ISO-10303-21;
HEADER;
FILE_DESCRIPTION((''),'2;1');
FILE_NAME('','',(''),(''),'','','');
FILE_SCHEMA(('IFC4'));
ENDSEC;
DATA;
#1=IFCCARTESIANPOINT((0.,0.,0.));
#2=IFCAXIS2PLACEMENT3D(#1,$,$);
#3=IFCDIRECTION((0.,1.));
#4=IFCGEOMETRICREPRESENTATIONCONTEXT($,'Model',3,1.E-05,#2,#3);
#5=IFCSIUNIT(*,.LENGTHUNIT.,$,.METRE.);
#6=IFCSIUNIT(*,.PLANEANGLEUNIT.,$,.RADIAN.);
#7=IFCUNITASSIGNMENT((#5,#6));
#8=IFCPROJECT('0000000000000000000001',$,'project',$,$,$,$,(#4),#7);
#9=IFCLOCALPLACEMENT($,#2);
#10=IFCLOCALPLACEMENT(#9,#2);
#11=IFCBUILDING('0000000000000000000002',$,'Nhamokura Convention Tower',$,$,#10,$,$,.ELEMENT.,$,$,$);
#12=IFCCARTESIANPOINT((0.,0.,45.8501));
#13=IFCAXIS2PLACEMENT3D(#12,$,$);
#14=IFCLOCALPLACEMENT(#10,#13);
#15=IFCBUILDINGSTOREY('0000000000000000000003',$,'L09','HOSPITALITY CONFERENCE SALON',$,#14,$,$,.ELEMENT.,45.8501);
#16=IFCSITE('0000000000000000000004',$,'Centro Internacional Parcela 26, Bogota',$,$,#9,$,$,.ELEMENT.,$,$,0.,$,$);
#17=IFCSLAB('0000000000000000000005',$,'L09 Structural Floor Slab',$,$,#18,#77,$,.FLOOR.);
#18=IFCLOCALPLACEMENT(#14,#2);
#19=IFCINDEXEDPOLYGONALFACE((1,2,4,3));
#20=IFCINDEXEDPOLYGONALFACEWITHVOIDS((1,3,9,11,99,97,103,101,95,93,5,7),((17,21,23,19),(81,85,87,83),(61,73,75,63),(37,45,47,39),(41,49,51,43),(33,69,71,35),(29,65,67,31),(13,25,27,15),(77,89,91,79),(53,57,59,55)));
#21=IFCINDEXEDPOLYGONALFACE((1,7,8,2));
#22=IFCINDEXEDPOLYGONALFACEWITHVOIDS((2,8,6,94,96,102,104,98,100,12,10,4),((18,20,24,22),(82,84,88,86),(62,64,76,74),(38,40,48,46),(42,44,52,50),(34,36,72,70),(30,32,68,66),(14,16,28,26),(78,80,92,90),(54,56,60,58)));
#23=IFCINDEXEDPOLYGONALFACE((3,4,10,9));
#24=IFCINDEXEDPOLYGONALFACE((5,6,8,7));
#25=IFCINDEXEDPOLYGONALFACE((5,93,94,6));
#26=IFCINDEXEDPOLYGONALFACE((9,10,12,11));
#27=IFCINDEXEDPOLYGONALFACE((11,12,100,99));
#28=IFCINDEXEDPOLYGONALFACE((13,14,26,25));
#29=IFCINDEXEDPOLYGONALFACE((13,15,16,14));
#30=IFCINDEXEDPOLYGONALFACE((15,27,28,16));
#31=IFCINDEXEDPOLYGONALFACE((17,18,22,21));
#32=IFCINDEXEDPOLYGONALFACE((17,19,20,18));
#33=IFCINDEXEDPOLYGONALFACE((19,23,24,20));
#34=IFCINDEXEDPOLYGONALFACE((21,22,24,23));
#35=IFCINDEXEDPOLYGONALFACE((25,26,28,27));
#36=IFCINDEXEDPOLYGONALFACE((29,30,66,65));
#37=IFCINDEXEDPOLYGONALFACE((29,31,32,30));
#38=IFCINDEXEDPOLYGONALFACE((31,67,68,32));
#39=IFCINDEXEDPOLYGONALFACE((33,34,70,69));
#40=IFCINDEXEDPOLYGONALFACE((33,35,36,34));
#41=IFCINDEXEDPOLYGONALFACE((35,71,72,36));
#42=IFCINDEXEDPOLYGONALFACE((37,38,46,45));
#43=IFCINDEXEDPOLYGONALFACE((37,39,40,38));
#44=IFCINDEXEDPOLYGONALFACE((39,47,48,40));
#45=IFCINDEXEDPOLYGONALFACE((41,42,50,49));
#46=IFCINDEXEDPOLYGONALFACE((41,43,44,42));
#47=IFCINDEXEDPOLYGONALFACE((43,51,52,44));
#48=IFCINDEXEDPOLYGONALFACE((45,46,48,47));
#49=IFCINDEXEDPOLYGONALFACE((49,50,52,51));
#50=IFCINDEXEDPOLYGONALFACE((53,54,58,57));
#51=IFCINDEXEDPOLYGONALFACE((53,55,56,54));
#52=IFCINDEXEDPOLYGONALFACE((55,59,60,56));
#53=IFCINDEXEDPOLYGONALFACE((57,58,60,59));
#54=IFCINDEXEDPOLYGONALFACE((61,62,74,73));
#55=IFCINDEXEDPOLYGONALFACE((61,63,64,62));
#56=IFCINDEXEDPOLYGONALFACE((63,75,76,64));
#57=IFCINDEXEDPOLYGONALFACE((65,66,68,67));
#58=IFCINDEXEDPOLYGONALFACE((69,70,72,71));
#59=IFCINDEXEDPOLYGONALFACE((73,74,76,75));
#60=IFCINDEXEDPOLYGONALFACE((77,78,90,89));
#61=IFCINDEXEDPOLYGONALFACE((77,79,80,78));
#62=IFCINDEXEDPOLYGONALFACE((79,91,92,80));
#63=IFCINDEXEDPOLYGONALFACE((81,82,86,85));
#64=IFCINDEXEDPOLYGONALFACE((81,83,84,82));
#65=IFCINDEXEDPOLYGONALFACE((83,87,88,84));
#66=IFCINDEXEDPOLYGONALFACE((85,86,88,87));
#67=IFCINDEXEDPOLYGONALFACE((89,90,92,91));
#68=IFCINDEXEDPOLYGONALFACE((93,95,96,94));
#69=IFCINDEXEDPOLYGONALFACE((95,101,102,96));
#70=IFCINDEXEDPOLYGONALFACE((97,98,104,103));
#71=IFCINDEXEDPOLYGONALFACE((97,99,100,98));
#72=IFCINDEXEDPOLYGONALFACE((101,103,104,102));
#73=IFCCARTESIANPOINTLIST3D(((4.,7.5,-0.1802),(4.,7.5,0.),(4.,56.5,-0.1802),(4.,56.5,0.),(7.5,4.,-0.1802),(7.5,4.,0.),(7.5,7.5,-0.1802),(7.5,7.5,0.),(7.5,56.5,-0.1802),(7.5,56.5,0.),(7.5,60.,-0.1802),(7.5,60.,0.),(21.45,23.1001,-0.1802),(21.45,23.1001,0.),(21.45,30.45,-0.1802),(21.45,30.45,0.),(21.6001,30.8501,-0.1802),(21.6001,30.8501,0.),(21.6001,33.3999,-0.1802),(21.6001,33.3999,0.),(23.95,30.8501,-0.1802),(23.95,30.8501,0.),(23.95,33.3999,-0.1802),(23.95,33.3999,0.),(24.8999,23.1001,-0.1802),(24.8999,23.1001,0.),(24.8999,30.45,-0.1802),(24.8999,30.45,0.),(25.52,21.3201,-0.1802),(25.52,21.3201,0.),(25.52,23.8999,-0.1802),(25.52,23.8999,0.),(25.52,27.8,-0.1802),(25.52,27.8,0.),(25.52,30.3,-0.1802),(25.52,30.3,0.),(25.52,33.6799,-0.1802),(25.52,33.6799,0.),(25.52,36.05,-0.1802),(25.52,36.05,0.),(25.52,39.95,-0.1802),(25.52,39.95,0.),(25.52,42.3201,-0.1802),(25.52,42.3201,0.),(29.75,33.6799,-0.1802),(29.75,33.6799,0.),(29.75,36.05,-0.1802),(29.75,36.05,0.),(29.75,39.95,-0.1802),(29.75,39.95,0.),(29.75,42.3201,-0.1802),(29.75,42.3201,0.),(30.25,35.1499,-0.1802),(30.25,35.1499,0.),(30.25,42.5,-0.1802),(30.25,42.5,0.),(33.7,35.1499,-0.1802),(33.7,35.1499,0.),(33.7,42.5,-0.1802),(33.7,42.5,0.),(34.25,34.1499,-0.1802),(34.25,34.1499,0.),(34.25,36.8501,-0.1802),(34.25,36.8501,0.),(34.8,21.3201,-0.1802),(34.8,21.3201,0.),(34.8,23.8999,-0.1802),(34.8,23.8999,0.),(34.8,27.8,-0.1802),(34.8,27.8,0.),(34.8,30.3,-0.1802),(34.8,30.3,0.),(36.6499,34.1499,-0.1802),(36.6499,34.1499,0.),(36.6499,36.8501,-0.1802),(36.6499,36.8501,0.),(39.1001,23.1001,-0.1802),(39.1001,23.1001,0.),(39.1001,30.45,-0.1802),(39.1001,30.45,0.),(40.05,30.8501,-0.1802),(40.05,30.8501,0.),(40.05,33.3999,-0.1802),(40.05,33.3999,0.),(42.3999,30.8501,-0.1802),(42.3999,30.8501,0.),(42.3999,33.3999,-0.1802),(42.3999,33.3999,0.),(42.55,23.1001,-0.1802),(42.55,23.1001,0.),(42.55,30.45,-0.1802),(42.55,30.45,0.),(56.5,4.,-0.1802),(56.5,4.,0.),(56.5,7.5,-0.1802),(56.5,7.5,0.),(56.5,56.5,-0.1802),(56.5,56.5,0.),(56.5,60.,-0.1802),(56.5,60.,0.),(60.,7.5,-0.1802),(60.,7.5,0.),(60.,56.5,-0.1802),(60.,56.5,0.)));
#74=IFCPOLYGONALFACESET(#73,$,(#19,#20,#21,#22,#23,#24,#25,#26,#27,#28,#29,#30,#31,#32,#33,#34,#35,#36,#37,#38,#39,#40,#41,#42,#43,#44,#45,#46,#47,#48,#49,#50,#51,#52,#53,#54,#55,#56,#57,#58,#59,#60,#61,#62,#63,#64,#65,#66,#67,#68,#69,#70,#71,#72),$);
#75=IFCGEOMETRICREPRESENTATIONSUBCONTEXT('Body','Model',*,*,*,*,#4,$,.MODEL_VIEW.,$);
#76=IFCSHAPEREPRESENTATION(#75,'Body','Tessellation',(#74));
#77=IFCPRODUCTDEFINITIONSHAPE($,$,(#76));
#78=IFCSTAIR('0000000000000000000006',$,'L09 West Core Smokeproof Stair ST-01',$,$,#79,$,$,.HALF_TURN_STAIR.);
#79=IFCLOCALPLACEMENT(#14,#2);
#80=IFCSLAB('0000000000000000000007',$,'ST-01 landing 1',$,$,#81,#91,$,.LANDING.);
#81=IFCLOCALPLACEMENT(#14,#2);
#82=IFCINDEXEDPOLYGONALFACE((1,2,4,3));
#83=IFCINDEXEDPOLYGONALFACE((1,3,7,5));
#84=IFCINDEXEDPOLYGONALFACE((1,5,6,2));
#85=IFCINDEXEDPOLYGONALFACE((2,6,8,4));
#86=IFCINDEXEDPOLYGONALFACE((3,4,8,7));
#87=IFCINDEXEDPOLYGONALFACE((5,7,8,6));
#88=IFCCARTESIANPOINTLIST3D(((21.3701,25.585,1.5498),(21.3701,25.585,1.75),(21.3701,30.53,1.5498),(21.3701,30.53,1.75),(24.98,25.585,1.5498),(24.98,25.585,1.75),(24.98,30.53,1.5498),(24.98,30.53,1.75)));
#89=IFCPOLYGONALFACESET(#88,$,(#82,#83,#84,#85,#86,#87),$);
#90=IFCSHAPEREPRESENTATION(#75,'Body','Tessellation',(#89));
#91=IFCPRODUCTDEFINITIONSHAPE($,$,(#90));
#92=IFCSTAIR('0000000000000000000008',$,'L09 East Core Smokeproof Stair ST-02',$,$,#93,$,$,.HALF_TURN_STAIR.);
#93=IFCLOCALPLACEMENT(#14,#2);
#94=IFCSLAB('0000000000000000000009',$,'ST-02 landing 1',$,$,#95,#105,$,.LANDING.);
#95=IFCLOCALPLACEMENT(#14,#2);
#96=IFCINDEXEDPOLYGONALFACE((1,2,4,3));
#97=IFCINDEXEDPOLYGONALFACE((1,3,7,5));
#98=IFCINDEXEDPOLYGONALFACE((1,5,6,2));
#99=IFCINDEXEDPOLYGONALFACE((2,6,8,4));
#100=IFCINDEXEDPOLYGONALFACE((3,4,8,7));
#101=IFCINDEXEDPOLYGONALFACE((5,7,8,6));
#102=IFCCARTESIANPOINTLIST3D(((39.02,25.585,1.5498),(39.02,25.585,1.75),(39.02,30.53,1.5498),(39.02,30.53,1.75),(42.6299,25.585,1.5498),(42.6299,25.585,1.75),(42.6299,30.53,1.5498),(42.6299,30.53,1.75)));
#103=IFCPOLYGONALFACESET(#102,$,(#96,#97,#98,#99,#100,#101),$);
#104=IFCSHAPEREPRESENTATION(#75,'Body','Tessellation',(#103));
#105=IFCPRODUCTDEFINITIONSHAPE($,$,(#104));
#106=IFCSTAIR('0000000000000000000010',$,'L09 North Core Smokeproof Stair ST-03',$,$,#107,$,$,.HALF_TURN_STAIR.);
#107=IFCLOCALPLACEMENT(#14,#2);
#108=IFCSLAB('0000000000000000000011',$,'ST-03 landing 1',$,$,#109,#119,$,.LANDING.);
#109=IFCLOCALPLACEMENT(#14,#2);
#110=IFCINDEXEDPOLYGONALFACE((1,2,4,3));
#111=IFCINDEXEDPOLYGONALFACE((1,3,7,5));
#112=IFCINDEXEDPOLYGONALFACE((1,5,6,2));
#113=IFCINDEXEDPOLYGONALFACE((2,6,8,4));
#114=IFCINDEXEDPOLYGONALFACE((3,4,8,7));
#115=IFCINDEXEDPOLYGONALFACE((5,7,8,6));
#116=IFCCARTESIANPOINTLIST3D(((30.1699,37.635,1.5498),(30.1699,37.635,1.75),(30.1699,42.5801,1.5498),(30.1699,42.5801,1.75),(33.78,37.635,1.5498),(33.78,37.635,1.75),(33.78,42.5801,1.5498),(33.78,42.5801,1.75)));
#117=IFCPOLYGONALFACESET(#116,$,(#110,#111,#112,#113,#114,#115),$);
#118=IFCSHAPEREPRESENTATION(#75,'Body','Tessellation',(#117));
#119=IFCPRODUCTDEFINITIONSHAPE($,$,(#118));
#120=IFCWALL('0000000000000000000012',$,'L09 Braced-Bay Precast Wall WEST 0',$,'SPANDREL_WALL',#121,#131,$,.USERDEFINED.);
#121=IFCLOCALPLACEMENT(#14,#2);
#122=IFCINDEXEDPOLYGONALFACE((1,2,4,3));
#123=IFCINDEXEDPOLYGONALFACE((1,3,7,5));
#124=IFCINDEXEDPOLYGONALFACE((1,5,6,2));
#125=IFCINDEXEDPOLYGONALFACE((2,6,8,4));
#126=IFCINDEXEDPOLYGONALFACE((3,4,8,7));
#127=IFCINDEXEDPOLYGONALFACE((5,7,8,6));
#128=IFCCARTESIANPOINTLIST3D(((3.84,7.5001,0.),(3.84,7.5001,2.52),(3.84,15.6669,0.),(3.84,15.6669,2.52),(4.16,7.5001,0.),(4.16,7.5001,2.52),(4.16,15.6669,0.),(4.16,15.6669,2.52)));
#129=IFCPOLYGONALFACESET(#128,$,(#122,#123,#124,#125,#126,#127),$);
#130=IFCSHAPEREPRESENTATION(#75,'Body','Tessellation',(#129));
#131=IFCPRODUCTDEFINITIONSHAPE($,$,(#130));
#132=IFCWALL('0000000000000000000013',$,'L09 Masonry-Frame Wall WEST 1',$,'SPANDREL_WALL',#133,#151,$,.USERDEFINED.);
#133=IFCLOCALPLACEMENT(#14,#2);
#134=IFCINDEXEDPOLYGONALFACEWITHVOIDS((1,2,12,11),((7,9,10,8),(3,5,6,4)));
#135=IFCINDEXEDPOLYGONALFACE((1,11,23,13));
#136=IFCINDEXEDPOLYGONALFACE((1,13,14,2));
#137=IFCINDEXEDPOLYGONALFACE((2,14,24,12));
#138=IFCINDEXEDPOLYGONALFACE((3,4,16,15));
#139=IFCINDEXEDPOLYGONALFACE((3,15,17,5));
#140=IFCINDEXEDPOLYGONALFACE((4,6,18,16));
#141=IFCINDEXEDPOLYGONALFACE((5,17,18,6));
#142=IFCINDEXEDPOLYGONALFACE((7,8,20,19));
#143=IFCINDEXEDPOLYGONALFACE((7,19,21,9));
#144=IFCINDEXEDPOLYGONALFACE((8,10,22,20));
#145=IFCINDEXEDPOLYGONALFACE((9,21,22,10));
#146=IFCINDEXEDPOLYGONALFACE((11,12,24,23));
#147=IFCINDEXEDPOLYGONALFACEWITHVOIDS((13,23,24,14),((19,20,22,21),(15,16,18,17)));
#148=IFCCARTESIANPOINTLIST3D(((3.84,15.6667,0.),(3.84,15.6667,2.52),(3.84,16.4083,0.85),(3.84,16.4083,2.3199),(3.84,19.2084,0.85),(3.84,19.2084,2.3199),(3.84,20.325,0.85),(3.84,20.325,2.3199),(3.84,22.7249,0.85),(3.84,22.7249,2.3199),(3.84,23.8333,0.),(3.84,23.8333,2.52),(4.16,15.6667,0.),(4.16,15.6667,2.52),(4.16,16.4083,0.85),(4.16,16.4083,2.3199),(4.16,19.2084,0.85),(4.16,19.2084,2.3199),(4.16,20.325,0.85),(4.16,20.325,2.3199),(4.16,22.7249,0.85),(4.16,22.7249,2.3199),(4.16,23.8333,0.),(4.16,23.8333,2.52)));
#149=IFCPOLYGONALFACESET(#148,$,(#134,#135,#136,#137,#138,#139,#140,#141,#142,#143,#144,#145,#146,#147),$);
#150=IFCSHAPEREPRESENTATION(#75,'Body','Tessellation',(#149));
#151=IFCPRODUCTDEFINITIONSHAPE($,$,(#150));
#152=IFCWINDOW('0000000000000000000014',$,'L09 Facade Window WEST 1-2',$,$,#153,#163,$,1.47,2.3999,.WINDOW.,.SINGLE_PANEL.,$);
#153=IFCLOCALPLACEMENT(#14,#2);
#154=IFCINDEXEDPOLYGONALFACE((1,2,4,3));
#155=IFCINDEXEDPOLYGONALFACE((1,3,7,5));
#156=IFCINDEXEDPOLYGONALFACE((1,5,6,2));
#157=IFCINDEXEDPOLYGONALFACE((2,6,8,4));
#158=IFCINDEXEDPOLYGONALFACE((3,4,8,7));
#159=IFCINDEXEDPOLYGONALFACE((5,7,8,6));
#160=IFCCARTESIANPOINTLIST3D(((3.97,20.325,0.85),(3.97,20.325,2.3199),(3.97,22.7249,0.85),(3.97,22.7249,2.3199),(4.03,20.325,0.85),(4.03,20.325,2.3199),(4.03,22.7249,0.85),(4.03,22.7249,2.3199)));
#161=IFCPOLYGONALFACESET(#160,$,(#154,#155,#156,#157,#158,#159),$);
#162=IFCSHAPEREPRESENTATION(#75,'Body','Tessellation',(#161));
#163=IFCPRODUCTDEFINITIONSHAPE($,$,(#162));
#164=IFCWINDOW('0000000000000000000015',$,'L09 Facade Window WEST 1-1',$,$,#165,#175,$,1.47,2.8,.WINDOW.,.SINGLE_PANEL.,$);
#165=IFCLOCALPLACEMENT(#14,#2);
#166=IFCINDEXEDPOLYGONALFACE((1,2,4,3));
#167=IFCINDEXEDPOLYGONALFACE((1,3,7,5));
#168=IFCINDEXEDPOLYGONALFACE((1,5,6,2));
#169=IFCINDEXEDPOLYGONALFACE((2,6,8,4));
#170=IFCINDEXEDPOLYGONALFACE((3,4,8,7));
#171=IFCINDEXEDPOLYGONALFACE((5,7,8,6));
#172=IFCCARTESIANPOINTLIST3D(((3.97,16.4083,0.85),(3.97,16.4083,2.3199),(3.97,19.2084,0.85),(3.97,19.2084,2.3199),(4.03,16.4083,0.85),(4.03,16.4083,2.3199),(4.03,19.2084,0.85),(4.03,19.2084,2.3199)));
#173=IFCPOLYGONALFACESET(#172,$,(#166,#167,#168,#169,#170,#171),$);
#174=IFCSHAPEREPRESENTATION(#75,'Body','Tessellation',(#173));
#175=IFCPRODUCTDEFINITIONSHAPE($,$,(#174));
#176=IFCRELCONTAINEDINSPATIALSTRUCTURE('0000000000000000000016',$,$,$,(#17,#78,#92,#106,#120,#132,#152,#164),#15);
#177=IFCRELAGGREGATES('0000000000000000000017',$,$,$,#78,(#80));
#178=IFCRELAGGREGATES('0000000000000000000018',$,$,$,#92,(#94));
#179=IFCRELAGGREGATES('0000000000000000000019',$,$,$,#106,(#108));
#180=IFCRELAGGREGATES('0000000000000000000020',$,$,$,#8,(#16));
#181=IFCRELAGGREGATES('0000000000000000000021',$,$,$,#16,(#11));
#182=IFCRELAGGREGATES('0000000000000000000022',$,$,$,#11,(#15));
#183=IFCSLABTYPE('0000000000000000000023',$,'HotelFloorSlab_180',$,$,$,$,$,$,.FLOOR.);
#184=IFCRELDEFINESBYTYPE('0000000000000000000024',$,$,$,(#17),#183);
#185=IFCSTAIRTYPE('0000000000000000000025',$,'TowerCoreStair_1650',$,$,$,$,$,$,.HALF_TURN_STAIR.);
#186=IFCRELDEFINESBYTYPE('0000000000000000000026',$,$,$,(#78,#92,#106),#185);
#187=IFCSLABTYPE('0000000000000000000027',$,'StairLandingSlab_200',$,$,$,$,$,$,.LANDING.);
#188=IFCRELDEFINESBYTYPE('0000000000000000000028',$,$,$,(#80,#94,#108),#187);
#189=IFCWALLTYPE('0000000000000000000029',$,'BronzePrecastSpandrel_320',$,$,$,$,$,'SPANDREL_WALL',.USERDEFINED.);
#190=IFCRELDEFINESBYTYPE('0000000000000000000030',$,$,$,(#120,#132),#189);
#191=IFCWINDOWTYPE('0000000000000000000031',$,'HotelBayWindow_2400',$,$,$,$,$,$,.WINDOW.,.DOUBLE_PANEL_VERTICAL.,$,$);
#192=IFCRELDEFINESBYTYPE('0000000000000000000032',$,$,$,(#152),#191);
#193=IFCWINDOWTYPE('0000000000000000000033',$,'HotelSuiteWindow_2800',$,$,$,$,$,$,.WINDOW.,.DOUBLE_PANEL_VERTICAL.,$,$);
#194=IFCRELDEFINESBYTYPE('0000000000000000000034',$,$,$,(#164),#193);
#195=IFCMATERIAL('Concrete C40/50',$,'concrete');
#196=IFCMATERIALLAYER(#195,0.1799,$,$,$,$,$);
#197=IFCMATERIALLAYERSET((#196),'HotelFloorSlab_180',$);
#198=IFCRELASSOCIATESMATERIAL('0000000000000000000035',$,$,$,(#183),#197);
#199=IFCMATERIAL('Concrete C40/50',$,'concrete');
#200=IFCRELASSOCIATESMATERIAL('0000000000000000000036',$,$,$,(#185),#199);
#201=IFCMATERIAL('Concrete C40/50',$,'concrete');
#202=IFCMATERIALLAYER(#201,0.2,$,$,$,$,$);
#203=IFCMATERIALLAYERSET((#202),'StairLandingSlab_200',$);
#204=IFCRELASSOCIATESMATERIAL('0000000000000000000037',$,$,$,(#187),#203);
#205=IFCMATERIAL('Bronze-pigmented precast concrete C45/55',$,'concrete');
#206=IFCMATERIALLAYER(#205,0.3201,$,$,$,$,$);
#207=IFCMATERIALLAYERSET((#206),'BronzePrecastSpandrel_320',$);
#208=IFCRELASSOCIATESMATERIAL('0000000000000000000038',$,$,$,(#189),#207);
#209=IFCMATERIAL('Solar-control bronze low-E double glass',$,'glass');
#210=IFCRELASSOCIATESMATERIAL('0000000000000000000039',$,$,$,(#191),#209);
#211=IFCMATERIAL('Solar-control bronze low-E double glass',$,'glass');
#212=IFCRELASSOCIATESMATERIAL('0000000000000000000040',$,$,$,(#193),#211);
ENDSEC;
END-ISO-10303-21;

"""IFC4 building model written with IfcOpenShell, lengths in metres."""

from ifc_helpers import new_model, si_unit, direction, frame, frame_2d, origin, place, context, subcontext, project, spatial, polyline, rectangle, outline, extrude, material, layer, layer_set, type_object, element, fill, aggregate, save


model = new_model("IFC4")

# Units and contexts
model_context = context("Model", 3, precision=1e-05, world=origin(), true_north=direction((0.0, 1.0)))
body_context = subcontext(model_context, "Body", "Model", "MODEL_VIEW")
ifc_project = project(units=[si_unit("LENGTHUNIT", "METRE"), si_unit("PLANEANGLEUNIT", "RADIAN")], contexts=[model_context])

# Site, building, storey
site_placement = place(None, origin())
site = spatial("IfcSite", under=ifc_project, at=site_placement, Name="Centro Internacional Parcela 26, Bogota", CompositionType="ELEMENT", RefElevation=0.0)
building_placement = place(site_placement, origin())
building = spatial("IfcBuilding", under=site, at=building_placement, Name="Nhamokura Convention Tower", CompositionType="ELEMENT")
storey_placement = place(building_placement, frame((0.0, 0.0, 45.8501)))
storey = spatial("IfcBuildingStorey", under=building, at=storey_placement, Name="L09", Description="HOSPITALITY CONFERENCE SALON", CompositionType="ELEMENT", Elevation=45.8501)

# Slab
ifc_material_1 = material(Name="Concrete C40/50", Category="concrete")
ifc_layer_1 = layer(ifc_material_1, 0.1799)
ifc_layer_set_1 = layer_set([ifc_layer_1], Name="HotelFloorSlab_180")
slab_type_1 = type_object("IfcSlabType", Name="HotelFloorSlab_180", PredefinedType="FLOOR", material=ifc_layer_set_1)
slab_1_placement = place(storey_placement, frame((0.0, 0.0, -0.1802)))
element("IfcSlab", 1, at=slab_1_placement, inside=storey, type_object=slab_type_1, Name="L09 Structural Floor Slab", PredefinedType="FLOOR", context=body_context, shape_type="SweptSolid", body=[
    extrude(outline(polyline([(7.5, 4.0), (56.5, 4.0), (56.5, 7.5), (60.0, 7.5), (60.0, 56.5), (56.5, 56.5), (56.5, 60.0), (7.5, 60.0), (7.5, 56.5), (4.0, 56.5), (4.0, 7.5), (7.5, 7.5), (7.5, 4.0)]), holes=[polyline([(24.8999, 23.1001), (24.8999, 30.45), (21.45, 30.45), (21.45, 23.1001), (24.8999, 23.1001)]), polyline([(42.55, 23.1001), (42.55, 30.45), (39.1001, 30.45), (39.1001, 23.1001), (42.55, 23.1001)]), polyline([(33.7, 35.1499), (33.7, 42.5), (30.25, 42.5), (30.25, 35.1499), (33.7, 35.1499)]), polyline([(21.6001, 30.8501), (23.95, 30.8501), (23.95, 33.3999), (21.6001, 33.3999), (21.6001, 30.8501)]), polyline([(40.05, 30.8501), (42.3999, 30.8501), (42.3999, 33.3999), (40.05, 33.3999), (40.05, 30.8501)]), polyline([(34.25, 34.1499), (36.6499, 34.1499), (36.6499, 36.8501), (34.25, 36.8501), (34.25, 34.1499)]), polyline([(25.52, 21.3201), (34.8, 21.3201), (34.8, 23.8999), (25.52, 23.8999), (25.52, 21.3201)]), polyline([(25.52, 27.8), (34.8, 27.8), (34.8, 30.3), (25.52, 30.3), (25.52, 27.8)]), polyline([(25.52, 33.6799), (29.75, 33.6799), (29.75, 36.05), (25.52, 36.05), (25.52, 33.6799)]), polyline([(25.52, 39.95), (29.75, 39.95), (29.75, 42.3201), (25.52, 42.3201), (25.52, 39.95)])]), origin(), (0.0, 0.0, 1.0), 0.1802),
])

# Stairs, slabs
ifc_material_2 = material(Name="Concrete C40/50", Category="concrete")
stair_type = type_object("IfcStairType", Name="TowerCoreStair_1650", PredefinedType="HALF_TURN_STAIR", material=ifc_material_2)
stair_1_placement = place(storey_placement, origin())
stair_1 = element("IfcStair", 2, at=stair_1_placement, inside=storey, type_object=stair_type, Name="L09 West Core Smokeproof Stair ST-01", PredefinedType="HALF_TURN_STAIR")
ifc_material_3 = material(Name="Concrete C40/50", Category="concrete")
ifc_layer_2 = layer(ifc_material_3, 0.2)
ifc_layer_set_2 = layer_set([ifc_layer_2], Name="StairLandingSlab_200")
slab_type_2 = type_object("IfcSlabType", Name="StairLandingSlab_200", PredefinedType="LANDING", material=ifc_layer_set_2)
slab_2_placement = place(storey_placement, frame((0.0, 0.0, 1.5498)))
slab_2 = element("IfcSlab", 3, at=slab_2_placement, type_object=slab_type_2, Name="ST-01 landing 1", PredefinedType="LANDING", context=body_context, shape_type="SweptSolid", body=[
    extrude(outline(polyline([(24.98, 25.585), (24.98, 30.53), (21.3701, 30.53), (21.3701, 25.585), (24.98, 25.585)])), origin(), (0.0, 0.0, 1.0), 0.2002),
])
aggregate(stair_1, [slab_2])
stair_2_placement = place(storey_placement, origin())
stair_2 = element("IfcStair", 4, at=stair_2_placement, inside=storey, type_object=stair_type, Name="L09 East Core Smokeproof Stair ST-02", PredefinedType="HALF_TURN_STAIR")
slab_3_placement = place(storey_placement, frame((0.0, 0.0, 1.5498)))
slab_3 = element("IfcSlab", 5, at=slab_3_placement, type_object=slab_type_2, Name="ST-02 landing 1", PredefinedType="LANDING", context=body_context, shape_type="SweptSolid", body=[
    extrude(outline(polyline([(42.6299, 25.585), (42.6299, 30.53), (39.02, 30.53), (39.02, 25.585), (42.6299, 25.585)])), origin(), (0.0, 0.0, 1.0), 0.2002),
])
aggregate(stair_2, [slab_3])
stair_3_placement = place(storey_placement, origin())
stair_3 = element("IfcStair", 6, at=stair_3_placement, inside=storey, type_object=stair_type, Name="L09 North Core Smokeproof Stair ST-03", PredefinedType="HALF_TURN_STAIR")
slab_4_placement = place(storey_placement, frame((0.0, 0.0, 1.5498)))
slab_4 = element("IfcSlab", 7, at=slab_4_placement, type_object=slab_type_2, Name="ST-03 landing 1", PredefinedType="LANDING", context=body_context, shape_type="SweptSolid", body=[
    extrude(outline(polyline([(33.78, 37.635), (33.78, 42.5801), (30.1699, 42.5801), (30.1699, 37.635), (33.78, 37.635)])), origin(), (0.0, 0.0, 1.0), 0.2002),
])
aggregate(stair_3, [slab_4])

# Wall
ifc_material_4 = material(Name="Bronze-pigmented precast concrete C45/55", Category="concrete")
ifc_layer_3 = layer(ifc_material_4, 0.3201)
ifc_layer_set_3 = layer_set([ifc_layer_3], Name="BronzePrecastSpandrel_320")
wall_type = type_object("IfcWallType", Name="BronzePrecastSpandrel_320", ElementType="SPANDREL_WALL", PredefinedType="USERDEFINED", material=ifc_layer_set_3)
wall_1_placement = place(storey_placement, frame((4.0, 7.5, 0.0), z_axis=(0.0, 0.0, 1.0), x_axis=(0.0, 1.0, 0.0)))
element("IfcWall", 8, at=wall_1_placement, inside=storey, type_object=wall_type, Name="L09 Braced-Bay Precast Wall WEST 0", ObjectType="SPANDREL_WALL", PredefinedType="USERDEFINED", context=body_context, shape_type="SweptSolid", body=[
    extrude(rectangle(XDim=8.1667, YDim=0.3201, at=frame_2d((4.0835, 0.0))), origin(), (0.0, 0.0, 1.0), 2.52),
])

# Wall, openings, windows
wall_2_placement = place(storey_placement, frame((4.0, 15.6667, 0.0), z_axis=(0.0, 0.0, 1.0), x_axis=(0.0, 1.0, 0.0)))
wall_2 = element("IfcWall", 9, at=wall_2_placement, inside=storey, type_object=wall_type, Name="L09 Masonry-Frame Wall WEST 1", ObjectType="SPANDREL_WALL", PredefinedType="USERDEFINED", context=body_context, shape_type="SweptSolid", body=[
    extrude(rectangle(XDim=8.1665, YDim=0.3201, at=frame_2d((4.0833, 0.0))), origin(), (0.0, 0.0, 1.0), 2.52),
])
opening_1_placement = place(wall_2_placement, frame((0.7417, 0.0, 0.8501)))
opening_1 = element("IfcOpeningElement", 10, at=opening_1_placement, cuts=wall_2, PredefinedType="OPENING", context=body_context, shape_type="SweptSolid", body=[
    extrude(rectangle(XDim=2.8, YDim=1.47, at=frame_2d((1.3999, 0.7349))), frame((0.0, 0.1699, 0.0), z_axis=(0.0, -1.0, 0.0), x_axis=(1.0, 0.0, 0.0)), (0.0, 0.0, 1.0), 0.3401),
])
opening_2_placement = place(wall_2_placement, frame((4.6582, 0.0, 0.8501)))
opening_2 = element("IfcOpeningElement", 11, at=opening_2_placement, cuts=wall_2, PredefinedType="OPENING", context=body_context, shape_type="SweptSolid", body=[
    extrude(rectangle(XDim=2.3999, YDim=1.47, at=frame_2d((1.2, 0.7349))), frame((0.0, 0.1699, 0.0), z_axis=(0.0, -1.0, 0.0), x_axis=(1.0, 0.0, 0.0)), (0.0, 0.0, 1.0), 0.3401),
])
ifc_material_5 = material(Name="Solar-control bronze low-E double glass", Category="glass")
window_type_1 = type_object("IfcWindowType", Name="HotelBayWindow_2400", PartitioningType="DOUBLE_PANEL_VERTICAL", PredefinedType="WINDOW", material=ifc_material_5)
window_1_placement = place(opening_2_placement, origin())
window_1 = element("IfcWindow", 12, at=window_1_placement, inside=storey, type_object=window_type_1, Name="L09 Facade Window WEST 1-2", OverallHeight=1.47, OverallWidth=2.3999, PartitioningType="SINGLE_PANEL", PredefinedType="WINDOW", context=body_context, shape_type="SweptSolid", body=[
    extrude(rectangle(XDim=2.3999, YDim=1.47, at=frame_2d((1.2, 0.7349))), frame((0.0, 0.03, 0.0), z_axis=(0.0, -1.0, 0.0), x_axis=(1.0, 0.0, 0.0)), (0.0, 0.0, 1.0), 0.0601),
])
fill(opening_2, window_1)
ifc_material_6 = material(Name="Solar-control bronze low-E double glass", Category="glass")
window_type_2 = type_object("IfcWindowType", Name="HotelSuiteWindow_2800", PartitioningType="DOUBLE_PANEL_VERTICAL", PredefinedType="WINDOW", material=ifc_material_6)
window_2_placement = place(opening_1_placement, origin())
window_2 = element("IfcWindow", 13, at=window_2_placement, inside=storey, type_object=window_type_2, Name="L09 Facade Window WEST 1-1", OverallHeight=1.47, OverallWidth=2.8, PartitioningType="SINGLE_PANEL", PredefinedType="WINDOW", context=body_context, shape_type="SweptSolid", body=[
    extrude(rectangle(XDim=2.8, YDim=1.47, at=frame_2d((1.3999, 0.7349))), frame((0.0, 0.03, 0.0), z_axis=(0.0, -1.0, 0.0), x_axis=(1.0, 0.0, 0.0)), (0.0, 0.0, 1.0), 0.0601),
])
fill(opening_1, window_2)

save(model, "model.ifc")
